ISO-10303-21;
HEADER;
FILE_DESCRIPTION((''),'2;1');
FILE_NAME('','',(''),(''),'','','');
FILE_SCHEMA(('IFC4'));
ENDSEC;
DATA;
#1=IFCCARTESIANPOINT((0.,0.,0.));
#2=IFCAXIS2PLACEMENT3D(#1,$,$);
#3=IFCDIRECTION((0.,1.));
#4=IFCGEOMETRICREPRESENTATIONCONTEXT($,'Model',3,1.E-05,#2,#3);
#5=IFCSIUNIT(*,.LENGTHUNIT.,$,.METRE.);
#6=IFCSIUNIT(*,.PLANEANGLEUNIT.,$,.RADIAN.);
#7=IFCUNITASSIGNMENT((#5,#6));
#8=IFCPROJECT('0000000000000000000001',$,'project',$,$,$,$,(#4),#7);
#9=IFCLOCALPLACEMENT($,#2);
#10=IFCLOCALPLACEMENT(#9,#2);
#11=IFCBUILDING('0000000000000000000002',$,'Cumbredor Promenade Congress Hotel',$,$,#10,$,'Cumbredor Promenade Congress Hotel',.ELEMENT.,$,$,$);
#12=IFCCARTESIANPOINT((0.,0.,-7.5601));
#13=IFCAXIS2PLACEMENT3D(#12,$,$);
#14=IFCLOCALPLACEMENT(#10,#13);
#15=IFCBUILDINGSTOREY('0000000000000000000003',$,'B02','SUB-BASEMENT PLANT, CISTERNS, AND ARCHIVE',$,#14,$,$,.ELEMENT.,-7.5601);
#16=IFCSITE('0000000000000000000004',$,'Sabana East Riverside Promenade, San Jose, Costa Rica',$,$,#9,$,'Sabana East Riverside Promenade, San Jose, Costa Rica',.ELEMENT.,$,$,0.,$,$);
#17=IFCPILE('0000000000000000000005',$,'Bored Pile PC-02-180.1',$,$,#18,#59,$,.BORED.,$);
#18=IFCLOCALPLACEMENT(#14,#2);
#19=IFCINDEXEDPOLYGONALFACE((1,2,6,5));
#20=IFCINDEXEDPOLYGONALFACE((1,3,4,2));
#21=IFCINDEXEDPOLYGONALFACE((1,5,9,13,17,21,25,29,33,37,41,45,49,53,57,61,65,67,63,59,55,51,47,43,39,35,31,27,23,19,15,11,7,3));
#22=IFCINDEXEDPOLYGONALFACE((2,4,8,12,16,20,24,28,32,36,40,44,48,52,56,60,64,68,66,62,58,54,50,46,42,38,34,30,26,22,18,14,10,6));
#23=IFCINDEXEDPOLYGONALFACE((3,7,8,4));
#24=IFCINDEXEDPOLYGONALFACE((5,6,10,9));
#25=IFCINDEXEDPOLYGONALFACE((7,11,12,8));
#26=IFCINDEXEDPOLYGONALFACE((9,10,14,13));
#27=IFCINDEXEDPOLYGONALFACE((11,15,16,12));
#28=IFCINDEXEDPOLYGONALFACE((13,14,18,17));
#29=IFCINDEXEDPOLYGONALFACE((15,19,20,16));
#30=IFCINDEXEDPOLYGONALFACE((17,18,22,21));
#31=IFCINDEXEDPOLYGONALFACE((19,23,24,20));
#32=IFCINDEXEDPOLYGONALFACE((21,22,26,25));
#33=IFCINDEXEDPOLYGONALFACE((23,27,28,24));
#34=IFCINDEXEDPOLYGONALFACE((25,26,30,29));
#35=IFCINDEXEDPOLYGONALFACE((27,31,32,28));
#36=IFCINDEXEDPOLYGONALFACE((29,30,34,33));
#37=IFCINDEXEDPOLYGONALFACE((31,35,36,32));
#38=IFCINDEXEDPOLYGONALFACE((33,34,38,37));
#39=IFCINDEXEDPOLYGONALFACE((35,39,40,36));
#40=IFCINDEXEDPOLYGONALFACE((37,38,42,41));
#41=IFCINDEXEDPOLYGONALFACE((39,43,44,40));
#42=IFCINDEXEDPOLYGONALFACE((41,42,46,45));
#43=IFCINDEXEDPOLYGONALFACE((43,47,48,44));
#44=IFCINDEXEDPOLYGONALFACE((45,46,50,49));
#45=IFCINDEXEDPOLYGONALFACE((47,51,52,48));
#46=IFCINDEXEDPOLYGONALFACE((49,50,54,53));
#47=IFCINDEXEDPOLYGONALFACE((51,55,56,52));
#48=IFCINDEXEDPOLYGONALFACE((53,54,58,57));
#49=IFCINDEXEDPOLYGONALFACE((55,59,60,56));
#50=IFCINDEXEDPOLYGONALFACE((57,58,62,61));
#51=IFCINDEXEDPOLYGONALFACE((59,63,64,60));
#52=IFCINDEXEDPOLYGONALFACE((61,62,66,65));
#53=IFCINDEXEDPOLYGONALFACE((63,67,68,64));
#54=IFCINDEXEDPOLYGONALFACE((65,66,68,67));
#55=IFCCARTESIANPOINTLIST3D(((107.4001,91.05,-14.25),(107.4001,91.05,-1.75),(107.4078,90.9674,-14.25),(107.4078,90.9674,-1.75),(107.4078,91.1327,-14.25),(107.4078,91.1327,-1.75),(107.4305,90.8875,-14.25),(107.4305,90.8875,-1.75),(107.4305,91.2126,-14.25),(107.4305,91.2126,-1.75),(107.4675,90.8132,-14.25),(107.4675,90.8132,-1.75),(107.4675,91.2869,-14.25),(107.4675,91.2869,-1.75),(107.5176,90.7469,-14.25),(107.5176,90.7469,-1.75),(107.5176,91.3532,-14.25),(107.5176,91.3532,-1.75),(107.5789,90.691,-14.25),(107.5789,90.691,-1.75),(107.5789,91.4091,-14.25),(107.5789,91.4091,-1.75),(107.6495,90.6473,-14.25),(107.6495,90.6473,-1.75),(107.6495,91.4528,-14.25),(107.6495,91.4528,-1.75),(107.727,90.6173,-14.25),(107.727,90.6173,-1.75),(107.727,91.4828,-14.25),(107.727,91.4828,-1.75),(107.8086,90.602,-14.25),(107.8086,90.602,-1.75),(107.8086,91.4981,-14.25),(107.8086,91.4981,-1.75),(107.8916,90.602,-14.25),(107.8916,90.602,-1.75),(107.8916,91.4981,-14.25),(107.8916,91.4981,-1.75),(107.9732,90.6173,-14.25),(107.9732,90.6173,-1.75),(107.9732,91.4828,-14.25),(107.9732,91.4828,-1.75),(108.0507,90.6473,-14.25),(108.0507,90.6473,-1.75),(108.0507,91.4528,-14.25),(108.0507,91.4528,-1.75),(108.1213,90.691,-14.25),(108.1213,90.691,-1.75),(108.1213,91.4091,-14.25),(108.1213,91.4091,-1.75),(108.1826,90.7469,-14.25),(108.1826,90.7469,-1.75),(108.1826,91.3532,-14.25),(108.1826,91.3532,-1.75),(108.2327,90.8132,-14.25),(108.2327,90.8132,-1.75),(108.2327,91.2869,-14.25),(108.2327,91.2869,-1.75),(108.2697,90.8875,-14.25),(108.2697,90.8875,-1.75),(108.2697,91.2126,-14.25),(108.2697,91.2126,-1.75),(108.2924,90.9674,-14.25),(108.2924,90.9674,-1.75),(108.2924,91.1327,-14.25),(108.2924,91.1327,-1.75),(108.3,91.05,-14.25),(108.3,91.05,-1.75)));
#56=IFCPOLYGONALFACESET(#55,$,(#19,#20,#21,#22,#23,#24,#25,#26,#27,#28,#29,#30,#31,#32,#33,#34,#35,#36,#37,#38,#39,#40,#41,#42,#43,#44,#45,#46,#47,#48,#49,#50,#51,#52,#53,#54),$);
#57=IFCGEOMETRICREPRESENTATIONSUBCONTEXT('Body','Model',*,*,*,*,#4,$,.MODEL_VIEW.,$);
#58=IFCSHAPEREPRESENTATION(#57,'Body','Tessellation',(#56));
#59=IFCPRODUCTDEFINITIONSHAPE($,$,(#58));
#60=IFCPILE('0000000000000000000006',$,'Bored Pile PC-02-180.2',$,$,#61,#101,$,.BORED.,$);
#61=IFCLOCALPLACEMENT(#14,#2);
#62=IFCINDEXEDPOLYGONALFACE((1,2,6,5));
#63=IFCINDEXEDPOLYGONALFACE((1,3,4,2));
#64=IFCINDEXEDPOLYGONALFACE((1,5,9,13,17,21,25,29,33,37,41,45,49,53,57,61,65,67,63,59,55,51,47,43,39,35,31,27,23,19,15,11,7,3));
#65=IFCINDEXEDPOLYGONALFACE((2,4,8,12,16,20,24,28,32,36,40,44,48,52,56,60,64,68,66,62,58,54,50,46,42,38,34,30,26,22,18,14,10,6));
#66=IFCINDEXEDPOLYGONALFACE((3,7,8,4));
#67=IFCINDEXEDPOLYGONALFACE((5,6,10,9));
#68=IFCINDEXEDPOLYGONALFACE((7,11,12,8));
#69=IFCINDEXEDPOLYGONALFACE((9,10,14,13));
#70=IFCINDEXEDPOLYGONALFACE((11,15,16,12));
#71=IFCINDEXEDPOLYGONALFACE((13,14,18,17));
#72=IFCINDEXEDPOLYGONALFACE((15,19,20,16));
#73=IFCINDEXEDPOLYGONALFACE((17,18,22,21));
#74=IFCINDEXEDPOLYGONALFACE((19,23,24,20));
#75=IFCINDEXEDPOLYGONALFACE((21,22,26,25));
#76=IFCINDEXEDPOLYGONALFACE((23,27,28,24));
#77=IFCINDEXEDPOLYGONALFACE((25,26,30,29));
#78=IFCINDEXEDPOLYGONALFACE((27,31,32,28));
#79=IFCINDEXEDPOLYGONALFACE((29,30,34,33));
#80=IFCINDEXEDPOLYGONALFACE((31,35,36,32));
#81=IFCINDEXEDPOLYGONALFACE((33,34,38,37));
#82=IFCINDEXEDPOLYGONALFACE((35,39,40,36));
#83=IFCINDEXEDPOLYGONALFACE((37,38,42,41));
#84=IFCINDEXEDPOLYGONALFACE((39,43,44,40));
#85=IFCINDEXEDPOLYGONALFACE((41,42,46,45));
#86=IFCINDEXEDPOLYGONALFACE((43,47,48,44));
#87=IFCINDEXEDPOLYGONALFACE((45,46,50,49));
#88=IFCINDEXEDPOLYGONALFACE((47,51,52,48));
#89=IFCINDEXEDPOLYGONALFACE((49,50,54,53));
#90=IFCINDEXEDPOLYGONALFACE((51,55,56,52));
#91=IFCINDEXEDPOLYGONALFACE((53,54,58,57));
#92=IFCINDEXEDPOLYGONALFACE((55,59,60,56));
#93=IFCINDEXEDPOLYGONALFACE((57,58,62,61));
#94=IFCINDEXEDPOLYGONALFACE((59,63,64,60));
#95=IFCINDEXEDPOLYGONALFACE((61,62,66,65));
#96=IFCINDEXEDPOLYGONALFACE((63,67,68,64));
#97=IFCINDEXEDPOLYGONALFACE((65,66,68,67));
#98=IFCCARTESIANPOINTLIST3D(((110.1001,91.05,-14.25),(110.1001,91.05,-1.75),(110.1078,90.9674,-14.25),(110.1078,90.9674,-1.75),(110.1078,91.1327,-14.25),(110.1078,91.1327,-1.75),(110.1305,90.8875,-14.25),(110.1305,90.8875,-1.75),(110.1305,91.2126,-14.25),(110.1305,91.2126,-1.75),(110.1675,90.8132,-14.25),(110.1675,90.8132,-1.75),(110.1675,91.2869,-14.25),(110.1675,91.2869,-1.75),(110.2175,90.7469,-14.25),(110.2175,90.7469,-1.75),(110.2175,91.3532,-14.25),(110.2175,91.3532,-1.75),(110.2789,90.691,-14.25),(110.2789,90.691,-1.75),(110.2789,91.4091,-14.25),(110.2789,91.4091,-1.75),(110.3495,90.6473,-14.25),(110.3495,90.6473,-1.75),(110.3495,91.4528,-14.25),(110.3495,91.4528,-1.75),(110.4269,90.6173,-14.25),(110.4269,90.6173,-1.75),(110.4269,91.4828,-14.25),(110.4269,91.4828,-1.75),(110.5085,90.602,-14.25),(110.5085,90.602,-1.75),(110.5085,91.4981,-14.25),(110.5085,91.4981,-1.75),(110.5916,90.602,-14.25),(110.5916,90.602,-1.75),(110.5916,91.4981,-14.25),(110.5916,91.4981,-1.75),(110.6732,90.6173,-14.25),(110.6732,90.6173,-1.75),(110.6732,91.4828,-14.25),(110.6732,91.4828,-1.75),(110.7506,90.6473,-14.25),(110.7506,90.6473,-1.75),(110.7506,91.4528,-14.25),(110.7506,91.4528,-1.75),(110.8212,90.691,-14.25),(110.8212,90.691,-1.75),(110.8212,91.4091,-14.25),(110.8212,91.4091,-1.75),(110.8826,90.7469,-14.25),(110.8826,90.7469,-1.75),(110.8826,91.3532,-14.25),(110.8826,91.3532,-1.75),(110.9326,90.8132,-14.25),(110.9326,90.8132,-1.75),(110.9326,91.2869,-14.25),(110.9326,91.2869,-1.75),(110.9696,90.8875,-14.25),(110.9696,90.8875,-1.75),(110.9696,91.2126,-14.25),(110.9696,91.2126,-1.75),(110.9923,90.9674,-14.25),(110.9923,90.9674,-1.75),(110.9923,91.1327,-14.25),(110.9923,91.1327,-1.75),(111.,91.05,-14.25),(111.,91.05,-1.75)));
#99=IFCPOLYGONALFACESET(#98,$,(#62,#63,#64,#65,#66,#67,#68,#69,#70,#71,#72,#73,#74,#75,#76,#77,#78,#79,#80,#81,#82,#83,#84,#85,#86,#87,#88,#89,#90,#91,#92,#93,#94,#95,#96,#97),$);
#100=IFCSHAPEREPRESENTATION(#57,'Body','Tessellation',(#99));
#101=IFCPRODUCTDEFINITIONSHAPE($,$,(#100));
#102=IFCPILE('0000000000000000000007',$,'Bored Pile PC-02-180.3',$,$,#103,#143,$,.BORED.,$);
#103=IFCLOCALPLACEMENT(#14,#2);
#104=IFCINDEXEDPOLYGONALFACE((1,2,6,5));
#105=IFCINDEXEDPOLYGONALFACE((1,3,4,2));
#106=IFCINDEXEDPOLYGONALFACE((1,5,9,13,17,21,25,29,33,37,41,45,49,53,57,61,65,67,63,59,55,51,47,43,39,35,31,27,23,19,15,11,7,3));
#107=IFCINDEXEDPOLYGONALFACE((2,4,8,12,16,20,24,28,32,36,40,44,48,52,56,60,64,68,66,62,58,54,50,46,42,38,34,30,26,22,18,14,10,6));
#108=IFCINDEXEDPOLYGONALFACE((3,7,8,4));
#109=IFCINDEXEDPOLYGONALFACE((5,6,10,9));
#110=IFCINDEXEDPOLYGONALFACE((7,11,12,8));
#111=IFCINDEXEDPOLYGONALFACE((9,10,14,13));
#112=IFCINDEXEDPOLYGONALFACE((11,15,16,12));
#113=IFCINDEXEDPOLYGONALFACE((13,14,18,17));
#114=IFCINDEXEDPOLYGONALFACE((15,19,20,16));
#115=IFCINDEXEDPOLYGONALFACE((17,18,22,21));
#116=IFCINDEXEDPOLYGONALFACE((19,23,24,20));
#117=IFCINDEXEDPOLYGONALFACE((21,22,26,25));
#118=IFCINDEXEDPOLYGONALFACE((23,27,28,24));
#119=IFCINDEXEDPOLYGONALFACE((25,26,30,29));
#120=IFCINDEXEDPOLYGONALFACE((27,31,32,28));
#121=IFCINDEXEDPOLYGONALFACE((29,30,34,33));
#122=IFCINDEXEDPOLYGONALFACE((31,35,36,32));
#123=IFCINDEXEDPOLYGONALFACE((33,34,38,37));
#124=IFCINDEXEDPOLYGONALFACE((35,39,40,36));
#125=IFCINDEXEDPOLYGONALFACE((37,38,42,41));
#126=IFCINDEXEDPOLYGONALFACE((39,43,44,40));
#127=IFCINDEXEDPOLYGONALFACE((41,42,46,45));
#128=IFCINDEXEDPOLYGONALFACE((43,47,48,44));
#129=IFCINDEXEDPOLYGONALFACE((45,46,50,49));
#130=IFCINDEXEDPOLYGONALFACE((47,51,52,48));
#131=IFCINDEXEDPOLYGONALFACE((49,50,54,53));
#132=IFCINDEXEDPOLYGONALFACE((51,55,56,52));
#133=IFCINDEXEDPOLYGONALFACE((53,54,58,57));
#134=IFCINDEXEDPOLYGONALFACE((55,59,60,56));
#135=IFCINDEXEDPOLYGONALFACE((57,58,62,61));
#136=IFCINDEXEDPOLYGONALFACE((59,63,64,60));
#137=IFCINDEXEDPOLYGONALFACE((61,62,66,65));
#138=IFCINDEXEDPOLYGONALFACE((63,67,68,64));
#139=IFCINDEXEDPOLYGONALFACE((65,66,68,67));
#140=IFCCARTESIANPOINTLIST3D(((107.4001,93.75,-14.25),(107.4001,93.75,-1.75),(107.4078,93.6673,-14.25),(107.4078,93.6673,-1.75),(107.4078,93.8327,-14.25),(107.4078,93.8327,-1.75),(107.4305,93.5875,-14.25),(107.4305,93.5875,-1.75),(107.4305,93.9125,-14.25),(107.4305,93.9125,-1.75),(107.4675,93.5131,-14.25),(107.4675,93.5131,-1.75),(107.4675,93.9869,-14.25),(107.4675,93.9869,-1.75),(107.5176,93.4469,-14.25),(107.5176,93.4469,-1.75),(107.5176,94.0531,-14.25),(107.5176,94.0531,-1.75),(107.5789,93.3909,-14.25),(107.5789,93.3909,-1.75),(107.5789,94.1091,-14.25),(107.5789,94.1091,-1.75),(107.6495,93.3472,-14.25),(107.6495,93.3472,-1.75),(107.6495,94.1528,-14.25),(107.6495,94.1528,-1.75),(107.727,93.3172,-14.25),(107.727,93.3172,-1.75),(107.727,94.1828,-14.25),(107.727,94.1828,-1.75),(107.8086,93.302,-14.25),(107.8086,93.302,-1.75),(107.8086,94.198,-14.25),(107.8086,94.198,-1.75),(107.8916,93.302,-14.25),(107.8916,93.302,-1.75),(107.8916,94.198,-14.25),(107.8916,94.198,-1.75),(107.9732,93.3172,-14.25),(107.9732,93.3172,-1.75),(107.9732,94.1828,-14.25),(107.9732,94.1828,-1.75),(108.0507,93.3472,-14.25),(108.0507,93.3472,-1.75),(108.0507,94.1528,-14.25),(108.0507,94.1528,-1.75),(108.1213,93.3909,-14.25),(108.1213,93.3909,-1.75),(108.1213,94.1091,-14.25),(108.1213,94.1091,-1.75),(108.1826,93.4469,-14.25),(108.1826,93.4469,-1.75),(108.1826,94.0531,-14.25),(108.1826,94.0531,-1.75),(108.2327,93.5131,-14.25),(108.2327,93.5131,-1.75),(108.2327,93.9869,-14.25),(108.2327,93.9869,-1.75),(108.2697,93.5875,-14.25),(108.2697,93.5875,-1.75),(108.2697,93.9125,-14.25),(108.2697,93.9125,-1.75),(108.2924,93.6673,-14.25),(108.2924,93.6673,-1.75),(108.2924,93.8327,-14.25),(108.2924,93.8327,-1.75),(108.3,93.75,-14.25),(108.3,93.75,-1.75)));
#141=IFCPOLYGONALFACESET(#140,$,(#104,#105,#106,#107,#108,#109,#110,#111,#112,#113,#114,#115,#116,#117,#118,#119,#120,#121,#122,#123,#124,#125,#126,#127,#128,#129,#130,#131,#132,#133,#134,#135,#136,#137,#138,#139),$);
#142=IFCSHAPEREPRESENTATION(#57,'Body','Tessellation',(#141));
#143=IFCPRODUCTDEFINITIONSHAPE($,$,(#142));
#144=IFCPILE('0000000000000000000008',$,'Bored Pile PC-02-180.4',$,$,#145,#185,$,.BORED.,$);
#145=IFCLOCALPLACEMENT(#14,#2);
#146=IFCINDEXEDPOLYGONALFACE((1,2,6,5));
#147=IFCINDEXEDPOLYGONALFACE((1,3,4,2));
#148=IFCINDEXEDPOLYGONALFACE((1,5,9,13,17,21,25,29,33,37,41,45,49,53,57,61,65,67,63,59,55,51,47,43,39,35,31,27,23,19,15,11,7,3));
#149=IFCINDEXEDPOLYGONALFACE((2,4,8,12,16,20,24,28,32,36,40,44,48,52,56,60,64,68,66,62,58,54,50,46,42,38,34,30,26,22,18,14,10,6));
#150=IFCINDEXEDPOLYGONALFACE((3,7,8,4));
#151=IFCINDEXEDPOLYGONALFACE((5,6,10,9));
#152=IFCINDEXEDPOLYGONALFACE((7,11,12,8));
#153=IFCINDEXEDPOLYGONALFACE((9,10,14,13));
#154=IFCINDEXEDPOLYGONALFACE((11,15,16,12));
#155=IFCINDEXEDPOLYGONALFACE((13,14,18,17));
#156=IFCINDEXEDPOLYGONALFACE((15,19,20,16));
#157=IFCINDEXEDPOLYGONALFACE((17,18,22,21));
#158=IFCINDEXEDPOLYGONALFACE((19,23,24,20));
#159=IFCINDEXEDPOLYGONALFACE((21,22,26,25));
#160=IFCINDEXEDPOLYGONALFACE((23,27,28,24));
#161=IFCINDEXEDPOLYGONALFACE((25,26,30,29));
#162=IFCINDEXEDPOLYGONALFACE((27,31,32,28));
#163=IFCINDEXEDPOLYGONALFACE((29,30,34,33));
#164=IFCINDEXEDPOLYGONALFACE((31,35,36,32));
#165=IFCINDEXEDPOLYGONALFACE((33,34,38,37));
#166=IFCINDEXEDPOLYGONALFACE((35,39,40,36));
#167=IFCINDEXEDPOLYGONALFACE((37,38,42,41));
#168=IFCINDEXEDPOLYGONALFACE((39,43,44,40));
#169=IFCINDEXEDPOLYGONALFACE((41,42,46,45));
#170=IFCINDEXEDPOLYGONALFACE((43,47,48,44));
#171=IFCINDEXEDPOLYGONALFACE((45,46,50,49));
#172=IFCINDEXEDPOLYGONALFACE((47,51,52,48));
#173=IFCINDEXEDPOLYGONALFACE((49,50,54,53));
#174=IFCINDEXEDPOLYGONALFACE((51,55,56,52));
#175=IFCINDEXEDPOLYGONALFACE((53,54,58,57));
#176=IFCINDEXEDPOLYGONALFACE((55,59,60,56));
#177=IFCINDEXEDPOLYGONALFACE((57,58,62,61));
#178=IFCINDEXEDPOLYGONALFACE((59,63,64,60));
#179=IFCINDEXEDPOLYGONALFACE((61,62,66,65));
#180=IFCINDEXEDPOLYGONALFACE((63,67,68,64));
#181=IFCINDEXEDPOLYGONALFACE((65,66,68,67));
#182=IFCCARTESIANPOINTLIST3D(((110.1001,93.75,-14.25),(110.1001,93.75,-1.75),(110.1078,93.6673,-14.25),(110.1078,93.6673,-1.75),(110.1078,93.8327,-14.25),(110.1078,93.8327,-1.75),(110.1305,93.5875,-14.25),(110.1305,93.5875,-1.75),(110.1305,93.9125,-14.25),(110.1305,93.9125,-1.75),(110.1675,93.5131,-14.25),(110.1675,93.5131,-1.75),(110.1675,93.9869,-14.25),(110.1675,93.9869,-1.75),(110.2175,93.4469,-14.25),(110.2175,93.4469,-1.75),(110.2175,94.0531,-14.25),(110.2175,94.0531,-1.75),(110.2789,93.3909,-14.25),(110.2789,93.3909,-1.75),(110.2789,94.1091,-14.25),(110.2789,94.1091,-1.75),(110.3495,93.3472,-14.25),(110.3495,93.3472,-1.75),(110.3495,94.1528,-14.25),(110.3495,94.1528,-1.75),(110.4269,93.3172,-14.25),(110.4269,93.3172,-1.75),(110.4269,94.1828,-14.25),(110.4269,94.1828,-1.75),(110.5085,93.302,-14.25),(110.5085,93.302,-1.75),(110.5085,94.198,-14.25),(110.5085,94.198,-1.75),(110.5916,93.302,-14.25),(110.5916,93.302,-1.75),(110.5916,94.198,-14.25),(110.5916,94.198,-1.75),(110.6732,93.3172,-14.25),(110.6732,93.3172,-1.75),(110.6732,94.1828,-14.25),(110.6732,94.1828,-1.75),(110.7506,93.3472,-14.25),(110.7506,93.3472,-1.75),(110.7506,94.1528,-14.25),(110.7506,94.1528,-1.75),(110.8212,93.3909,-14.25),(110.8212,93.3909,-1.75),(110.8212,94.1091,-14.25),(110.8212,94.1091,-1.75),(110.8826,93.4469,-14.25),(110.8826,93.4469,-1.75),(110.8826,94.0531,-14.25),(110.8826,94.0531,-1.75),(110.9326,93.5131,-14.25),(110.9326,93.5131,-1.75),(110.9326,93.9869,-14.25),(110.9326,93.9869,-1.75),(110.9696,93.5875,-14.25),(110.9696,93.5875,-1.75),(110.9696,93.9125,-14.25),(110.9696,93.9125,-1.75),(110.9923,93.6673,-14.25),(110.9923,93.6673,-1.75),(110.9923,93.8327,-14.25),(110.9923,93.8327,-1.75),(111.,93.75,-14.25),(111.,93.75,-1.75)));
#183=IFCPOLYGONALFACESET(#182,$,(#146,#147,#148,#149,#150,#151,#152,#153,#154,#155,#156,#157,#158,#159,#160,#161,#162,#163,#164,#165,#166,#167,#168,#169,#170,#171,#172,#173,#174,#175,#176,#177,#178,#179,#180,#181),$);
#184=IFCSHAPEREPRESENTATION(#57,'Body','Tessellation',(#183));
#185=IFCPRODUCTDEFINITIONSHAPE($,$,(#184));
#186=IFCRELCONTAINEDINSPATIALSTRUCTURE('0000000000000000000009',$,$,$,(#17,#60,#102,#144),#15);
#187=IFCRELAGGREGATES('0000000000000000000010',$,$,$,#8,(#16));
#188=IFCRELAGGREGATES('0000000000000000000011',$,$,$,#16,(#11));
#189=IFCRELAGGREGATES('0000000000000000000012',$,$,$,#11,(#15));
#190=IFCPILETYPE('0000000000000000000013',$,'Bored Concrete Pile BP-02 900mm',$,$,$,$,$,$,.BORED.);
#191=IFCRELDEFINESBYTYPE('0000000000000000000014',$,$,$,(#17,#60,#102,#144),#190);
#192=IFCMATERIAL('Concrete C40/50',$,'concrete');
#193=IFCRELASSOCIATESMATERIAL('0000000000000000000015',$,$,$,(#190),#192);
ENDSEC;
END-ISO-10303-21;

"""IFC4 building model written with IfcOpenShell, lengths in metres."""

from ifc_helpers import new_model, si_unit, direction, frame, origin, origin_2d, place, context, subcontext, project, spatial, circle, extrude, material, material_profile, profile_set, type_object, element, save


model = new_model("IFC4")

# Units and contexts
model_context = context("Model", 3, precision=1e-05, world=origin(), true_north=direction((0.0, 1.0)))
body_context = subcontext(model_context, "Body", "Model", "MODEL_VIEW")
ifc_project = project(units=[si_unit("LENGTHUNIT", "METRE"), si_unit("PLANEANGLEUNIT", "RADIAN")], contexts=[model_context])

# Site, building, storey
site_placement = place(None, origin())
site = spatial("IfcSite", under=ifc_project, at=site_placement, Name="Sabana East Riverside Promenade, San Jose, Costa Rica", LongName="Sabana East Riverside Promenade, San Jose, Costa Rica", CompositionType="ELEMENT", RefElevation=0.0)
building_placement = place(site_placement, origin())
building = spatial("IfcBuilding", under=site, at=building_placement, Name="Cumbredor Promenade Congress Hotel", LongName="Cumbredor Promenade Congress Hotel", CompositionType="ELEMENT")
storey_placement = place(building_placement, frame((0.0, 0.0, -7.5601)))
storey = spatial("IfcBuildingStorey", under=building, at=storey_placement, Name="B02", Description="SUB-BASEMENT PLANT, CISTERNS, AND ARCHIVE", CompositionType="ELEMENT", Elevation=-7.5601)

# Piles
ifc_material_1 = material(Name="Concrete C40/50", Category="concrete")
ifc_material_profile_1 = material_profile(ifc_material_1, circle(Radius=0.45, at=origin_2d()), Name="PILE D900")
ifc_profile_set_1 = profile_set([ifc_material_profile_1], Name="Concrete C40/50")
pile_type = type_object("IfcPileType", Name="Bored Concrete Pile BP-02 900mm", PredefinedType="BORED", material=ifc_profile_set_1)
for number, where, z_axis, x_axis, name in (
    (1, (107.8501, 91.05, -1.75), (0.0, 0.0, -1.0), (1.0, 0.0, 0.0), "Bored Pile PC-02-180.1"),
    (2, (110.55, 91.05, -1.75), (0.0, 0.0, -1.0), (1.0, 0.0, 0.0), "Bored Pile PC-02-180.2"),
    (3, (107.8501, 93.75, -1.75), (0.0, 0.0, -1.0), (1.0, 0.0, 0.0), "Bored Pile PC-02-180.3"),
    (4, (110.55, 93.75, -1.75), (0.0, 0.0, -1.0), (1.0, 0.0, 0.0), "Bored Pile PC-02-180.4"),
):
    element("IfcPile", number, at=place(storey_placement, frame(where, z_axis=z_axis, x_axis=x_axis)), inside=storey, type_object=pile_type, Name=name, PredefinedType="BORED", context=body_context, shape_type="SweptSolid", body=[
        extrude(circle(Radius=0.45, at=origin_2d()), origin(), (0.0, 0.0, 1.0), 12.5),
    ])

save(model, "model.ifc")
